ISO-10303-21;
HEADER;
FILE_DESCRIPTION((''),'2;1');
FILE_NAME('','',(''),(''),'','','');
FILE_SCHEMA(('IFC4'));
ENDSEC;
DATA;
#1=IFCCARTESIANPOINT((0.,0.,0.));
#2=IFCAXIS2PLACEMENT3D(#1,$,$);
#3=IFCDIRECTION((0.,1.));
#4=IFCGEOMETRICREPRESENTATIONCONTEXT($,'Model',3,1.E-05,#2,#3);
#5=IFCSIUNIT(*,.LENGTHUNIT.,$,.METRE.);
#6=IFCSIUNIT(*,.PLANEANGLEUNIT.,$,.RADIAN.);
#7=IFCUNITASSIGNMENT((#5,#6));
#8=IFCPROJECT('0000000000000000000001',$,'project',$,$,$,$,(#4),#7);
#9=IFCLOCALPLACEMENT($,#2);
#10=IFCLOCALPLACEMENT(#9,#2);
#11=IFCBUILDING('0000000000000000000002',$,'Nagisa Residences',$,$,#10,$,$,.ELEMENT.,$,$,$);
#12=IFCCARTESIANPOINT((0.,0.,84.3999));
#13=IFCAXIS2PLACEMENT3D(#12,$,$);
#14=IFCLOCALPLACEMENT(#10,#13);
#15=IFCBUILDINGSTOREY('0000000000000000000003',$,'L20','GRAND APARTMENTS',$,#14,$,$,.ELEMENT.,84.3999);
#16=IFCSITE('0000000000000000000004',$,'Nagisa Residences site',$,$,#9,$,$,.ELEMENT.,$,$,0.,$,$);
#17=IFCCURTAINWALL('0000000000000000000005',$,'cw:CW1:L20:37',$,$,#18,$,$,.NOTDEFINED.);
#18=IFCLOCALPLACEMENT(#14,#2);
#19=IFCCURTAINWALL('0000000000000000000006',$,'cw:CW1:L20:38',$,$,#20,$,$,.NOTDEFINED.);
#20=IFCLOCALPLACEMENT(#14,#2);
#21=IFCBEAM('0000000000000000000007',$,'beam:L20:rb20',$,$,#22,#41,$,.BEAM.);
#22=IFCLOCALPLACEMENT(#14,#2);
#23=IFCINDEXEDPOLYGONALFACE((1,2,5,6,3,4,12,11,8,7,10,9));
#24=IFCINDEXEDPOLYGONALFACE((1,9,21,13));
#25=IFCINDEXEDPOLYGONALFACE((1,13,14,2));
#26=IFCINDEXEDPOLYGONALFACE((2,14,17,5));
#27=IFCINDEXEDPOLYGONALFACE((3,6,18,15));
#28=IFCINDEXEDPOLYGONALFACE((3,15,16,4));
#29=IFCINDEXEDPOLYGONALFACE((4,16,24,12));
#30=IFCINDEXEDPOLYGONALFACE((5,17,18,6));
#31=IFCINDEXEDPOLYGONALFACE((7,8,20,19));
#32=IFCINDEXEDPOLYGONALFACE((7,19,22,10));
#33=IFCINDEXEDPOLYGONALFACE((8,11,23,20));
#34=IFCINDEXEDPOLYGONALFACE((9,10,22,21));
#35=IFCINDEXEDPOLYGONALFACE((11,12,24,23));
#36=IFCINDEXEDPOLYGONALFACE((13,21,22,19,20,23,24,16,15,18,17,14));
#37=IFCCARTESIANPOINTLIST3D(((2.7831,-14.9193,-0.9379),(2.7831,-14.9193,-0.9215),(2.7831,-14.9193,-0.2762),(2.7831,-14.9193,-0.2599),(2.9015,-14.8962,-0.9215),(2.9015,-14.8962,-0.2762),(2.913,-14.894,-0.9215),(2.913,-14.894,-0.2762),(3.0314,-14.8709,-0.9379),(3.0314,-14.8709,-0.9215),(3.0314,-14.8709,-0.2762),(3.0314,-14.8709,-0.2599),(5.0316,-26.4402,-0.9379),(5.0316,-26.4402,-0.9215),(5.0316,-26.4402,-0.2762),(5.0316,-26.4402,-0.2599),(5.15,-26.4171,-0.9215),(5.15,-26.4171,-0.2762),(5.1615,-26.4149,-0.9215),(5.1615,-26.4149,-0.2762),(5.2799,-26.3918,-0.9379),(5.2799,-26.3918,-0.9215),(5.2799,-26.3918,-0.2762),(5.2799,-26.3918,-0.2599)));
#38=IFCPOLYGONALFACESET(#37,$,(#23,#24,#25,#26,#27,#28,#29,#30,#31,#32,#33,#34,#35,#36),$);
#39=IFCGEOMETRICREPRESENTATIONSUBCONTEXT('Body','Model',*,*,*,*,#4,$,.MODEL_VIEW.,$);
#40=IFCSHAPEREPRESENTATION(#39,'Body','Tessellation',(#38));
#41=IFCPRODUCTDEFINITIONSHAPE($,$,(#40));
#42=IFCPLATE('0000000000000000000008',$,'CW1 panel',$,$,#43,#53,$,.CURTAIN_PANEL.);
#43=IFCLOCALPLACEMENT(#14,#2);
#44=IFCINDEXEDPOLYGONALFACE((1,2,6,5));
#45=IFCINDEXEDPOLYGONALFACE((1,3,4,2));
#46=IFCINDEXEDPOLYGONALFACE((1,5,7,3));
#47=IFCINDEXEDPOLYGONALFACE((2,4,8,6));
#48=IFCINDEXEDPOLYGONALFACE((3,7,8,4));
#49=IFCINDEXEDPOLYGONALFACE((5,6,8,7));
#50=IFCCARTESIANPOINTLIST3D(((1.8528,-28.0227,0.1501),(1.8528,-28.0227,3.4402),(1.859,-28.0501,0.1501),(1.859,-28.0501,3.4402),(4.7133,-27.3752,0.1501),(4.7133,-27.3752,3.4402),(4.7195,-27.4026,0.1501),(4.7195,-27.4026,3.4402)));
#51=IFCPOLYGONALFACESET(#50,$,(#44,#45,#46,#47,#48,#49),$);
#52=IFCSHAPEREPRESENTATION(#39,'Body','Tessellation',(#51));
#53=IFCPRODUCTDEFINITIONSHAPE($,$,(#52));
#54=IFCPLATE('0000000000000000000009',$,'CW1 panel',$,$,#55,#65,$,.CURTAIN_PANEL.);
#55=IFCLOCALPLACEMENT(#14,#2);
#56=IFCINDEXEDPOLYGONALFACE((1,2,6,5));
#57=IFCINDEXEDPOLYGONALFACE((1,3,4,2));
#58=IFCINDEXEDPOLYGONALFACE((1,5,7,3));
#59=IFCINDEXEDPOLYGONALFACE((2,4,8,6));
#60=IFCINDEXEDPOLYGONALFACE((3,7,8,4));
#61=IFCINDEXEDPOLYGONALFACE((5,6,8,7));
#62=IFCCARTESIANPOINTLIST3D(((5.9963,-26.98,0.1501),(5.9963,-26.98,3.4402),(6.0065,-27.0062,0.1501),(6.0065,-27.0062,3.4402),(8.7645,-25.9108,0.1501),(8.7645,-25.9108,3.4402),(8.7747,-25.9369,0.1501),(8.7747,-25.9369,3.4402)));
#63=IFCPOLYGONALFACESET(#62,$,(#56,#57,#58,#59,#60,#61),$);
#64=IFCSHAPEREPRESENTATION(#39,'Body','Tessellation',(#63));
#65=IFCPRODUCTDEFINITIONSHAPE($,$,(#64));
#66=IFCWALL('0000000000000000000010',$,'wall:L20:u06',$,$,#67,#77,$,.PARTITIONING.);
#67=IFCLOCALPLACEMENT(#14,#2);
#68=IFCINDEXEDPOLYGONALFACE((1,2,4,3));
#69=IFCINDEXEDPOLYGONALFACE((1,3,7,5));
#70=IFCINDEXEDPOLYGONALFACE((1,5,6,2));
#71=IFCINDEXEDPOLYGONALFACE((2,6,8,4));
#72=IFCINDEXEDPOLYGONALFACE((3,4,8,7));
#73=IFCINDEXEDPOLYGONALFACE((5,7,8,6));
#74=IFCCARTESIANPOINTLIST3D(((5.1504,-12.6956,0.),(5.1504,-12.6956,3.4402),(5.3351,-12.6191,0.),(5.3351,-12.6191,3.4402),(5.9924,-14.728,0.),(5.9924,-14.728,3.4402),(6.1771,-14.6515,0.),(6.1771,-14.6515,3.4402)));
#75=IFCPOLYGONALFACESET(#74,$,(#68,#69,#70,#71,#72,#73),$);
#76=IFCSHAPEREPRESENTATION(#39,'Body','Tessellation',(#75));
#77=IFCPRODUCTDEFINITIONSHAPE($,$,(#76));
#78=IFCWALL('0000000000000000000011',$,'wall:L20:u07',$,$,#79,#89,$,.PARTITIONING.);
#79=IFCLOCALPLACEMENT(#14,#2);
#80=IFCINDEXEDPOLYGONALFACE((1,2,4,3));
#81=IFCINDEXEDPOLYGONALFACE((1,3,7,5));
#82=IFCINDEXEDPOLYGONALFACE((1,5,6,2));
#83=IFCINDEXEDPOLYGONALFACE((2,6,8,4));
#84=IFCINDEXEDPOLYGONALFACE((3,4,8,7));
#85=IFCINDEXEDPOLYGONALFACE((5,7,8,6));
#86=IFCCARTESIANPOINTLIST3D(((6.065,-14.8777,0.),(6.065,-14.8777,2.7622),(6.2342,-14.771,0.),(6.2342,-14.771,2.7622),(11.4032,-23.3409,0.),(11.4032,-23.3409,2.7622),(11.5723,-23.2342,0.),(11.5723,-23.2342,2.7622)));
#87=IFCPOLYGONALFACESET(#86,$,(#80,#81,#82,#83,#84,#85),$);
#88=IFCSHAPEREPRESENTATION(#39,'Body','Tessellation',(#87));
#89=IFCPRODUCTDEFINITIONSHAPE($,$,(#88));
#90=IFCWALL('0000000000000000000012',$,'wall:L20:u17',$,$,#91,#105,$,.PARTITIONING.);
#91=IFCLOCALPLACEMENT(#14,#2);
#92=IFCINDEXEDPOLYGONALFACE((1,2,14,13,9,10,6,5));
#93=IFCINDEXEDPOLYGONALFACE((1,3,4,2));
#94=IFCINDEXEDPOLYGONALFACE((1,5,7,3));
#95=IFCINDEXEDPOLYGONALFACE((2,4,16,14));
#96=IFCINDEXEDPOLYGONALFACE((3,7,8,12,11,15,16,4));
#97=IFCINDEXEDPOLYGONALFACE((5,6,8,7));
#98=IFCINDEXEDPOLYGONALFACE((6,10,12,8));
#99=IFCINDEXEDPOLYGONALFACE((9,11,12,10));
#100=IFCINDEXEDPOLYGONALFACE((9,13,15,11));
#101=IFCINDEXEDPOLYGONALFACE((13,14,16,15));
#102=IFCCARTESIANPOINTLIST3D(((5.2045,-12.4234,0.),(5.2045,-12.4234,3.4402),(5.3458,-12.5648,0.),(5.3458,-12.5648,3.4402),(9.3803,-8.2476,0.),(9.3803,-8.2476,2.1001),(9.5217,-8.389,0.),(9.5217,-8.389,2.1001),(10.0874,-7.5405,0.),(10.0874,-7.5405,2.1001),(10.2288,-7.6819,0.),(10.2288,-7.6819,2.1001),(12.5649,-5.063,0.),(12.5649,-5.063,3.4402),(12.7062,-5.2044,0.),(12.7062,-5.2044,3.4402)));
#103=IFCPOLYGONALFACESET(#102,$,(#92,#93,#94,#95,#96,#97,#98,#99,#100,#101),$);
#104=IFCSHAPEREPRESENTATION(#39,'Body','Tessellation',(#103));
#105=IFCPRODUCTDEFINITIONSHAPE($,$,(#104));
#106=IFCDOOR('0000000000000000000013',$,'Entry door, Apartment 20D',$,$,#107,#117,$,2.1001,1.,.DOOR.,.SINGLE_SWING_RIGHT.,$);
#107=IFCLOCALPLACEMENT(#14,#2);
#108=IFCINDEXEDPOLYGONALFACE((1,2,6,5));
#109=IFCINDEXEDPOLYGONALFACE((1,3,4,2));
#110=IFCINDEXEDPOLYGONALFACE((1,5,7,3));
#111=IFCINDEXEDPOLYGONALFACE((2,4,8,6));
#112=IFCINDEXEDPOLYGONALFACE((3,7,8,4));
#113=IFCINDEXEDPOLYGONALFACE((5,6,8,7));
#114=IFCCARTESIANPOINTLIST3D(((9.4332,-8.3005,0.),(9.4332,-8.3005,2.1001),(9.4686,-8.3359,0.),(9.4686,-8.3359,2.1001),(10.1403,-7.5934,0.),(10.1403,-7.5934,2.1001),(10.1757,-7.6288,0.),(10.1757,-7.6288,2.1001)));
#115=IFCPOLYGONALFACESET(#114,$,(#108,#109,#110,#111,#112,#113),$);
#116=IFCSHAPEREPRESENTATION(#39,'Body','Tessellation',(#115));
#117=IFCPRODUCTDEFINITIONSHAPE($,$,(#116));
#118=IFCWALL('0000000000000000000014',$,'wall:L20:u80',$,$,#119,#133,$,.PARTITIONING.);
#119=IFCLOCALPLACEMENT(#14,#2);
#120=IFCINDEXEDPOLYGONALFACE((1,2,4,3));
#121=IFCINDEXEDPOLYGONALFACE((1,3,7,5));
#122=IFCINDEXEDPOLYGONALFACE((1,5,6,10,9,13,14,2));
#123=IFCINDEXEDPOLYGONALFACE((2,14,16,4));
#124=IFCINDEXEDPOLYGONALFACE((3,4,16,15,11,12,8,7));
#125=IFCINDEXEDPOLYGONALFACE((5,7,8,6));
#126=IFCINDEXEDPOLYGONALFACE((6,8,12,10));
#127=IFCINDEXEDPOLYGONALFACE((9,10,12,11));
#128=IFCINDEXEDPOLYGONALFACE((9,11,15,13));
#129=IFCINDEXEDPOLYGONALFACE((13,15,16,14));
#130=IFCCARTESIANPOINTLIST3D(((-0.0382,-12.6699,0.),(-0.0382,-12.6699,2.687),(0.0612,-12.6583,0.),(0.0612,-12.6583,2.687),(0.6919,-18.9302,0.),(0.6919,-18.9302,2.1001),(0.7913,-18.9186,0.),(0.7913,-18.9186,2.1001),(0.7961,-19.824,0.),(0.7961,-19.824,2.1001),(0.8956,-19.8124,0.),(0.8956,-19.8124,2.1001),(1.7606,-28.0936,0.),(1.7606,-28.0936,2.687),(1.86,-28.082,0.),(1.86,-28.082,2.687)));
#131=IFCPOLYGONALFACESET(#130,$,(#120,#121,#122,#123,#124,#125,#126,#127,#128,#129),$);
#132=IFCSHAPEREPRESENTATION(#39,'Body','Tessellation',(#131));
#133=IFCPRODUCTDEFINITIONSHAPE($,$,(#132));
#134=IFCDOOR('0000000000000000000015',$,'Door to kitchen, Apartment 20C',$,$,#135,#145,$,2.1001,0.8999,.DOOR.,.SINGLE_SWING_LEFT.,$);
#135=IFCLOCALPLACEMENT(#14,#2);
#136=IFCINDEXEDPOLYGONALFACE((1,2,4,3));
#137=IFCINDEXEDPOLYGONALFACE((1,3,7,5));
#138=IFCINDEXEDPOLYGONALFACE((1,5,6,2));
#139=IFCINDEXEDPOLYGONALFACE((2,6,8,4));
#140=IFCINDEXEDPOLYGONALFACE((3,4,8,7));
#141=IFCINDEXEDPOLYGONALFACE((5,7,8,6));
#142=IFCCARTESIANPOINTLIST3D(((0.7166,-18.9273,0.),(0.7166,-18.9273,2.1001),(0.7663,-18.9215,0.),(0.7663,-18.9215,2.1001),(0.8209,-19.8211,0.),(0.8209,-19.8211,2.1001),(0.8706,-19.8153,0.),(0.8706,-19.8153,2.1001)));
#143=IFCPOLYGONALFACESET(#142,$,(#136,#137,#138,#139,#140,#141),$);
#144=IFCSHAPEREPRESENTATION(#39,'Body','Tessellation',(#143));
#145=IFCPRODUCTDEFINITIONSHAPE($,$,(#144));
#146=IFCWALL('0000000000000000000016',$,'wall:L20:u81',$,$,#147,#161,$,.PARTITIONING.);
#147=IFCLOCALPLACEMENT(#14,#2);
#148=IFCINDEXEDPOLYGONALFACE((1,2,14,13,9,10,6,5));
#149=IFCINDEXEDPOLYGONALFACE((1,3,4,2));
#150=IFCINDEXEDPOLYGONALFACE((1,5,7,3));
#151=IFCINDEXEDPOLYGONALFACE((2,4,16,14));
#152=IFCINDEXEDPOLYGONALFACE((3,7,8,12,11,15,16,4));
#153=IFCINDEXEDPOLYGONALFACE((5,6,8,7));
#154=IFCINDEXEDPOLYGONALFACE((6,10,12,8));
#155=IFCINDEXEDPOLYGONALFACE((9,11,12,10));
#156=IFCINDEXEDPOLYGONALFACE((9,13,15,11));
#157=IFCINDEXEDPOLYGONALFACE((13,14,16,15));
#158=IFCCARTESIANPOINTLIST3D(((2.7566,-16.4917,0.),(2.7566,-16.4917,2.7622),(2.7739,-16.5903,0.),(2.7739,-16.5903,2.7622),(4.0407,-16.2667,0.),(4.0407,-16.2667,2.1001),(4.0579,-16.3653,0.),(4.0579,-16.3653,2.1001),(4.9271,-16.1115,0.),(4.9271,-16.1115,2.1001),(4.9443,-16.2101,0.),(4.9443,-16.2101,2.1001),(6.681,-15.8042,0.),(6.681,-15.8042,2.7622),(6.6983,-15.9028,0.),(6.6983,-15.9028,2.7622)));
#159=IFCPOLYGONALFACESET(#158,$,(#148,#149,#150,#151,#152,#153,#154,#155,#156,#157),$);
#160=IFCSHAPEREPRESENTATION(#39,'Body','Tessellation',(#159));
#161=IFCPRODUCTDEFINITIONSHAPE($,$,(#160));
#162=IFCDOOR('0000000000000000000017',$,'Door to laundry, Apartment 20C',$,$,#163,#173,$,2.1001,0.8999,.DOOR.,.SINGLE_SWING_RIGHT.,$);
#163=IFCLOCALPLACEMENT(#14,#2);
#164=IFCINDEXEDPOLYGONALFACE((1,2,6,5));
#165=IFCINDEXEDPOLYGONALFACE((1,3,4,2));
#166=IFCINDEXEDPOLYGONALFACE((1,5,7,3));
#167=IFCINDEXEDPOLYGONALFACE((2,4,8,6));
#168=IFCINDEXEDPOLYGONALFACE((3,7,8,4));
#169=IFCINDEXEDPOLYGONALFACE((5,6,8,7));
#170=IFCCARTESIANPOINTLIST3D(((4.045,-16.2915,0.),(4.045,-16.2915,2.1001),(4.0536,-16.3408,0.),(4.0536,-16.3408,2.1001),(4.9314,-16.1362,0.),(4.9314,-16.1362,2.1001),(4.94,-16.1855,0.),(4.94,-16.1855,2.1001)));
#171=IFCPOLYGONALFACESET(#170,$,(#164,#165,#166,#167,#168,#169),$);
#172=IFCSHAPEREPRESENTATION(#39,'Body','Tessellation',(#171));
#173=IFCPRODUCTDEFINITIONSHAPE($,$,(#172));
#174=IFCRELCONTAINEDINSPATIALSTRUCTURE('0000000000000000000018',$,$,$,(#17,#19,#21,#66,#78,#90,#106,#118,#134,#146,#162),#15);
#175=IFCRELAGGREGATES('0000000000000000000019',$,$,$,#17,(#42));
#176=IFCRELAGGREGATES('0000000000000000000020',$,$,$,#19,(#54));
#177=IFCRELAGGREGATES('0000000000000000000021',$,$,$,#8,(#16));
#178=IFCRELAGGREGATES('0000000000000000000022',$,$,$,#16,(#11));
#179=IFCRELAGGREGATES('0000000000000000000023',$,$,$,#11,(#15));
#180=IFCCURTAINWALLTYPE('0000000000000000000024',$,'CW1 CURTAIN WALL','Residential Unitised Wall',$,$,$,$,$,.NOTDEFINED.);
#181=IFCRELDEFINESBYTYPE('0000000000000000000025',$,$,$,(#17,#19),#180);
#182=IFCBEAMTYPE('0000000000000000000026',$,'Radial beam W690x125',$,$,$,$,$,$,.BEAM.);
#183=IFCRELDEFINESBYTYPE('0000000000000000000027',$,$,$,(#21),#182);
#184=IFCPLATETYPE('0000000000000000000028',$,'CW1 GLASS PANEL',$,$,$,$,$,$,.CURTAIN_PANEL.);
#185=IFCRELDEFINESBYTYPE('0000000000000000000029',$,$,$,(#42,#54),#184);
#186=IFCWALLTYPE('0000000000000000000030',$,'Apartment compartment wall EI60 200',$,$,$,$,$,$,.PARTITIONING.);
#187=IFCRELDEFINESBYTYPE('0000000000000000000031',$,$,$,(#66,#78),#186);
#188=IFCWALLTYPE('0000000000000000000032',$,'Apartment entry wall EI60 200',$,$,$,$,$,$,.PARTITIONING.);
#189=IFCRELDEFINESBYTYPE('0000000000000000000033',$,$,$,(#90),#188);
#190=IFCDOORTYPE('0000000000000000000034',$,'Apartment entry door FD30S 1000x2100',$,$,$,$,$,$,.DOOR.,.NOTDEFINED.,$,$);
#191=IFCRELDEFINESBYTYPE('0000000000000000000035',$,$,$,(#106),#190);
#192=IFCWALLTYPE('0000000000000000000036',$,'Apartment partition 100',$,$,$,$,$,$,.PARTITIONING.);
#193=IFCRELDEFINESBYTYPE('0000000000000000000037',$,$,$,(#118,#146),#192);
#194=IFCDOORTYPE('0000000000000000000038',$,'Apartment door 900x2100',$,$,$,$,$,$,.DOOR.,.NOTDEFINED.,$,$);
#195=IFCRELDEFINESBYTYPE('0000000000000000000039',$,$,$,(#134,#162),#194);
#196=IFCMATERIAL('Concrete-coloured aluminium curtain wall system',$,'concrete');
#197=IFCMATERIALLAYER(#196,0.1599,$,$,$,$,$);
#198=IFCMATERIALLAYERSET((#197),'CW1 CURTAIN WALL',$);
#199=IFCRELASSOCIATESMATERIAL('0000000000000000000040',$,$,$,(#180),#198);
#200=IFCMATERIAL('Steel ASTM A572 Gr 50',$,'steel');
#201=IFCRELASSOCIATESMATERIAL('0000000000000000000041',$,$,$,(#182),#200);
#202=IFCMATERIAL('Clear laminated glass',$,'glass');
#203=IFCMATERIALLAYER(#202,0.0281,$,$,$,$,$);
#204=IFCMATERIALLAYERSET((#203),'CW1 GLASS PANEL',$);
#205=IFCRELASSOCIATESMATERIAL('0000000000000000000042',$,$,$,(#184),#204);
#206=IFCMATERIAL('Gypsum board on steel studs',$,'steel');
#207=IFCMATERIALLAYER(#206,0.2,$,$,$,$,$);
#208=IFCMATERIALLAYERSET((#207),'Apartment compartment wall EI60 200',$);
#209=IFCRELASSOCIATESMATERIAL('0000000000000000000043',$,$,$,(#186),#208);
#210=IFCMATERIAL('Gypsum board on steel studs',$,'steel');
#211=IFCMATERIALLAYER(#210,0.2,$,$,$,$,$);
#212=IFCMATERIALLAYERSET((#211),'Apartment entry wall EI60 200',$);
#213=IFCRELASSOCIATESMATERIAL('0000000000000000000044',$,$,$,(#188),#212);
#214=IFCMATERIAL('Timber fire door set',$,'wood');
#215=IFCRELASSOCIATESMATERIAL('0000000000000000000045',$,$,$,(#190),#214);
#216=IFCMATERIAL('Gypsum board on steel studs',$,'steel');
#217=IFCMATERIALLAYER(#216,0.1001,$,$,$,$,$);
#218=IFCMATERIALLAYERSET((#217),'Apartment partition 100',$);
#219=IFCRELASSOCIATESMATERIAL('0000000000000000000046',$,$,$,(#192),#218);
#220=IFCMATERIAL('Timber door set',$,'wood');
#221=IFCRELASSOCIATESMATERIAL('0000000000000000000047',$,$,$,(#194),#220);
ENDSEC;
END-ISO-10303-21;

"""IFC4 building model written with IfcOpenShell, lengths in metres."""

from ifc_helpers import new_model, si_unit, direction, frame, frame_2d, origin, origin_2d, place, context, subcontext, project, spatial, rectangle, i_section, extrude, material, layer, layer_set, material_profile, profile_set, type_object, element, fill, aggregate, save


model = new_model("IFC4")

# Units and contexts
model_context = context("Model", 3, precision=1e-05, world=origin(), true_north=direction((0.0, 1.0)))
body_context = subcontext(model_context, "Body", "Model", "MODEL_VIEW")
ifc_project = project(units=[si_unit("LENGTHUNIT", "METRE"), si_unit("PLANEANGLEUNIT", "RADIAN")], contexts=[model_context])

# Site, building, storey
site_placement = place(None, origin())
site = spatial("IfcSite", under=ifc_project, at=site_placement, Name="Nagisa Residences site", CompositionType="ELEMENT", RefElevation=0.0)
building_placement = place(site_placement, origin())
building = spatial("IfcBuilding", under=site, at=building_placement, Name="Nagisa Residences", CompositionType="ELEMENT")
storey_placement = place(building_placement, frame((0.0, 0.0, 84.3999)))
storey = spatial("IfcBuildingStorey", under=building, at=storey_placement, Name="L20", Description="GRAND APARTMENTS", CompositionType="ELEMENT", Elevation=84.3999)

# Curtain walls
ifc_material_1 = material(Name="Concrete-coloured aluminium curtain wall system", Category="concrete")
ifc_layer_1 = layer(ifc_material_1, 0.1599)
ifc_layer_set_1 = layer_set([ifc_layer_1], Name="CW1 CURTAIN WALL")
curtain_wall_type = type_object("IfcCurtainWallType", Name="CW1 CURTAIN WALL", Description="Residential Unitised Wall", PredefinedType="NOTDEFINED", material=ifc_layer_set_1)
curtain_wall_1_placement = place(storey_placement, origin())
curtain_wall_1 = element("IfcCurtainWall", 1, at=curtain_wall_1_placement, inside=storey, type_object=curtain_wall_type, Name="cw:CW1:L20:37", PredefinedType="NOTDEFINED")
curtain_wall_2_placement = place(storey_placement, origin())
curtain_wall_2 = element("IfcCurtainWall", 2, at=curtain_wall_2_placement, inside=storey, type_object=curtain_wall_type, Name="cw:CW1:L20:38", PredefinedType="NOTDEFINED")

# Beam
ifc_material_2 = material(Name="Steel ASTM A572 Gr 50", Category="steel")
ifc_material_profile_1 = material_profile(ifc_material_2, i_section(OverallWidth=0.2529, OverallDepth=0.678, WebThickness=0.0117, FlangeThickness=0.0164, at=origin_2d()), Name="W690x125")
ifc_profile_set_1 = profile_set([ifc_material_profile_1], Name="Steel ASTM A572 Gr 50")
beam_type_1 = type_object("IfcBeamType", Name="Radial beam W690x125", PredefinedType="BEAM", material=ifc_profile_set_1)
beam_1_placement = place(storey_placement, frame((5.1558, -26.416, -0.5989), z_axis=(-0.191554, 0.981482, 0.0), x_axis=(-0.981482, -0.191554, 0.0)))
element("IfcBeam", 3, at=beam_1_placement, inside=storey, type_object=beam_type_1, Name="beam:L20:rb20", PredefinedType="BEAM", context=body_context, shape_type="SweptSolid", body=[
    extrude(i_section(OverallWidth=0.2529, OverallDepth=0.678, WebThickness=0.0117, FlangeThickness=0.0164, at=origin_2d()), origin(), (0.0, 0.0, 1.0), 11.7383),
])

# Plates
ifc_material_3 = material(Name="Clear laminated glass", Category="glass")
ifc_layer_2 = layer(ifc_material_3, 0.0281)
ifc_layer_set_2 = layer_set([ifc_layer_2], Name="CW1 GLASS PANEL")
plate_type = type_object("IfcPlateType", Name="CW1 GLASS PANEL", PredefinedType="CURTAIN_PANEL", material=ifc_layer_set_2)
plate_1_placement = place(storey_placement, frame((3.2861, -27.7126, 0.1501), z_axis=(0.0, 0.0, 1.0), x_axis=(0.975327, 0.220764, 0.0)))
plate_1 = element("IfcPlate", 4, at=plate_1_placement, type_object=plate_type, Name="CW1 panel", PredefinedType="CURTAIN_PANEL", context=body_context, shape_type="SweptSolid", body=[
    extrude(rectangle(XDim=2.9329, YDim=0.0281, at=origin_2d()), origin(), (0.0, 0.0, 1.0), 3.29),
])
aggregate(curtain_wall_1, [plate_1])
plate_2_placement = place(storey_placement, frame((7.3855, -26.4585, 0.1501), z_axis=(0.0, 0.0, 1.0), x_axis=(0.932826, 0.360328, 0.0)))
plate_2 = element("IfcPlate", 5, at=plate_2_placement, type_object=plate_type, Name="CW1 panel", PredefinedType="CURTAIN_PANEL", context=body_context, shape_type="SweptSolid", body=[
    extrude(rectangle(XDim=2.9675, YDim=0.0281, at=origin_2d()), origin(), (0.0, 0.0, 1.0), 3.29),
])
aggregate(curtain_wall_2, [plate_2])

# Walls
ifc_material_4 = material(Name="Gypsum board on steel studs", Category="steel")
ifc_layer_3 = layer(ifc_material_4, 0.2)
ifc_layer_set_3 = layer_set([ifc_layer_3], Name="Apartment compartment wall EI60 200")
wall_type_1 = type_object("IfcWallType", Name="Apartment compartment wall EI60 200", PredefinedType="PARTITIONING", material=ifc_layer_set_3)
wall_1_placement = place(storey_placement, frame((5.2427, -12.6572, 0.0), z_axis=(0.0, 0.0, 1.0), x_axis=(0.382747, -0.923853, 0.0)))
element("IfcWall", 6, at=wall_1_placement, inside=storey, type_object=wall_type_1, Name="wall:L20:u06", PredefinedType="PARTITIONING", context=body_context, shape_type="SweptSolid", body=[
    extrude(rectangle(XDim=2.2, YDim=0.2, at=frame_2d((1.1001, 0.0))), origin(), (0.0, 0.0, 1.0), 3.4402),
])
wall_2_placement = place(storey_placement, frame((6.1497, -14.8245, 0.0), z_axis=(0.0, 0.0, 1.0), x_axis=(0.533493, -0.845805, 0.0)))
element("IfcWall", 7, at=wall_2_placement, inside=storey, type_object=wall_type_1, Name="wall:L20:u07", PredefinedType="PARTITIONING", context=body_context, shape_type="SweptSolid", body=[
    extrude(rectangle(XDim=10.0061, YDim=0.2, at=frame_2d((5.0029, 0.0))), origin(), (0.0, 0.0, 1.0), 2.7622),
])

# Walls, openings, doors
ifc_material_5 = material(Name="Gypsum board on steel studs", Category="steel")
ifc_layer_4 = layer(ifc_material_5, 0.2)
ifc_layer_set_4 = layer_set([ifc_layer_4], Name="Apartment entry wall EI60 200")
wall_type_2 = type_object("IfcWallType", Name="Apartment entry wall EI60 200", PredefinedType="PARTITIONING", material=ifc_layer_set_4)
wall_3_placement = place(storey_placement, frame((5.2751, -12.4941, 0.0), z_axis=(0.0, 0.0, 1.0), x_axis=(0.707107, 0.707107, 0.0)))
wall_3 = element("IfcWall", 8, at=wall_3_placement, inside=storey, type_object=wall_type_2, Name="wall:L20:u17", PredefinedType="PARTITIONING", context=body_context, shape_type="SweptSolid", body=[
    extrude(rectangle(XDim=10.4092, YDim=0.2, at=frame_2d((5.2046, 0.0))), origin(), (0.0, 0.0, 1.0), 3.4402),
])
opening_1_placement = place(wall_3_placement, frame((5.9055, 0.0, 0.0)))
opening_1 = element("IfcOpeningElement", 9, at=opening_1_placement, cuts=wall_3, PredefinedType="OPENING", context=body_context, shape_type="SweptSolid", body=[
    extrude(rectangle(XDim=1.0, YDim=2.1001, at=frame_2d((0.5, 1.05))), frame((0.0, 0.1099, 0.0), z_axis=(0.0, -1.0, 0.0), x_axis=(1.0, 0.0, 0.0)), (0.0, 0.0, 1.0), 0.22),
])
ifc_material_6 = material(Name="Timber fire door set", Category="wood")
door_type_1 = type_object("IfcDoorType", Name="Apartment entry door FD30S 1000x2100", OperationType="NOTDEFINED", PredefinedType="DOOR", material=ifc_material_6)
door_1_placement = place(opening_1_placement, frame((1.0, 0.0, 0.0), x_axis=(-1.0, 0.0, 0.0)))
door_1 = element("IfcDoor", 10, at=door_1_placement, inside=storey, type_object=door_type_1, Name="Entry door, Apartment 20D", OperationType="SINGLE_SWING_RIGHT", OverallHeight=2.1001, OverallWidth=1.0, PredefinedType="DOOR", context=body_context, shape_type="SweptSolid", body=[
    extrude(rectangle(XDim=1.0, YDim=2.1001, at=frame_2d((0.5, 1.05))), frame((0.0, 0.0249, 0.0), z_axis=(0.0, -1.0, 0.0), x_axis=(1.0, 0.0, 0.0)), (0.0, 0.0, 1.0), 0.05),
])
fill(opening_1, door_1)
ifc_material_7 = material(Name="Gypsum board on steel studs", Category="steel")
ifc_layer_5 = layer(ifc_material_7, 0.1001)
ifc_layer_set_5 = layer_set([ifc_layer_5], Name="Apartment partition 100")
wall_type_3 = type_object("IfcWallType", Name="Apartment partition 100", PredefinedType="PARTITIONING", material=ifc_layer_set_5)
wall_4_placement = place(storey_placement, frame((0.0115, -12.6641, 0.0), z_axis=(0.0, 0.0, 1.0), x_axis=(0.115841, -0.993268, 0.0)))
wall_4 = element("IfcWall", 11, at=wall_4_placement, inside=storey, type_object=wall_type_3, Name="wall:L20:u80", PredefinedType="PARTITIONING", context=body_context, shape_type="SweptSolid", body=[
    extrude(rectangle(XDim=15.5283, YDim=0.1001, at=frame_2d((7.7642, 0.0))), origin(), (0.0, 0.0, 1.0), 2.687),
])
opening_2_placement = place(wall_4_placement, frame((6.3027, 0.0, 0.0)))
opening_2 = element("IfcOpeningElement", 12, at=opening_2_placement, cuts=wall_4, PredefinedType="OPENING", context=body_context, shape_type="SweptSolid", body=[
    extrude(rectangle(XDim=0.8999, YDim=2.1001, at=frame_2d((0.45, 1.05))), frame((0.0, 0.0601, 0.0), z_axis=(0.0, -1.0, 0.0), x_axis=(1.0, 0.0, 0.0)), (0.0, 0.0, 1.0), 0.1201),
])
ifc_material_8 = material(Name="Timber door set", Category="wood")
door_type_2 = type_object("IfcDoorType", Name="Apartment door 900x2100", OperationType="NOTDEFINED", PredefinedType="DOOR", material=ifc_material_8)
door_2_placement = place(opening_2_placement, origin())
door_2 = element("IfcDoor", 13, at=door_2_placement, inside=storey, type_object=door_type_2, Name="Door to kitchen, Apartment 20C", OperationType="SINGLE_SWING_LEFT", OverallHeight=2.1001, OverallWidth=0.8999, PredefinedType="DOOR", context=body_context, shape_type="SweptSolid", body=[
    extrude(rectangle(XDim=0.8999, YDim=2.1001, at=frame_2d((0.45, 1.05))), frame((0.0, 0.0249, 0.0), z_axis=(0.0, -1.0, 0.0), x_axis=(1.0, 0.0, 0.0)), (0.0, 0.0, 1.0), 0.05),
])
fill(opening_2, door_2)
wall_5_placement = place(storey_placement, frame((2.7651, -16.541, 0.0), z_axis=(0.0, 0.0, 1.0), x_axis=(0.984999, 0.172562, 0.0)))
wall_5 = element("IfcWall", 14, at=wall_5_placement, inside=storey, type_object=wall_type_3, Name="wall:L20:u81", PredefinedType="PARTITIONING", context=body_context, shape_type="SweptSolid", body=[
    extrude(rectangle(XDim=3.9841, YDim=0.1001, at=frame_2d((1.9922, 0.0))), origin(), (0.0, 0.0, 1.0), 2.7622),
])
opening_3_placement = place(wall_5_placement, frame((1.3037, 0.0, 0.0)))
opening_3 = element("IfcOpeningElement", 15, at=opening_3_placement, cuts=wall_5, PredefinedType="OPENING", context=body_context, shape_type="SweptSolid", body=[
    extrude(rectangle(XDim=0.8999, YDim=2.1001, at=frame_2d((0.45, 1.05))), frame((0.0, 0.0601, 0.0), z_axis=(0.0, -1.0, 0.0), x_axis=(1.0, 0.0, 0.0)), (0.0, 0.0, 1.0), 0.1201),
])
door_3_placement = place(opening_3_placement, origin())
door_3 = element("IfcDoor", 16, at=door_3_placement, inside=storey, type_object=door_type_2, Name="Door to laundry, Apartment 20C", OperationType="SINGLE_SWING_RIGHT", OverallHeight=2.1001, OverallWidth=0.8999, PredefinedType="DOOR", context=body_context, shape_type="SweptSolid", body=[
    extrude(rectangle(XDim=0.8999, YDim=2.1001, at=frame_2d((0.45, 1.05))), frame((0.0, 0.0249, 0.0), z_axis=(0.0, -1.0, 0.0), x_axis=(1.0, 0.0, 0.0)), (0.0, 0.0, 1.0), 0.05),
])
fill(opening_3, door_3)

save(model, "model.ifc")
